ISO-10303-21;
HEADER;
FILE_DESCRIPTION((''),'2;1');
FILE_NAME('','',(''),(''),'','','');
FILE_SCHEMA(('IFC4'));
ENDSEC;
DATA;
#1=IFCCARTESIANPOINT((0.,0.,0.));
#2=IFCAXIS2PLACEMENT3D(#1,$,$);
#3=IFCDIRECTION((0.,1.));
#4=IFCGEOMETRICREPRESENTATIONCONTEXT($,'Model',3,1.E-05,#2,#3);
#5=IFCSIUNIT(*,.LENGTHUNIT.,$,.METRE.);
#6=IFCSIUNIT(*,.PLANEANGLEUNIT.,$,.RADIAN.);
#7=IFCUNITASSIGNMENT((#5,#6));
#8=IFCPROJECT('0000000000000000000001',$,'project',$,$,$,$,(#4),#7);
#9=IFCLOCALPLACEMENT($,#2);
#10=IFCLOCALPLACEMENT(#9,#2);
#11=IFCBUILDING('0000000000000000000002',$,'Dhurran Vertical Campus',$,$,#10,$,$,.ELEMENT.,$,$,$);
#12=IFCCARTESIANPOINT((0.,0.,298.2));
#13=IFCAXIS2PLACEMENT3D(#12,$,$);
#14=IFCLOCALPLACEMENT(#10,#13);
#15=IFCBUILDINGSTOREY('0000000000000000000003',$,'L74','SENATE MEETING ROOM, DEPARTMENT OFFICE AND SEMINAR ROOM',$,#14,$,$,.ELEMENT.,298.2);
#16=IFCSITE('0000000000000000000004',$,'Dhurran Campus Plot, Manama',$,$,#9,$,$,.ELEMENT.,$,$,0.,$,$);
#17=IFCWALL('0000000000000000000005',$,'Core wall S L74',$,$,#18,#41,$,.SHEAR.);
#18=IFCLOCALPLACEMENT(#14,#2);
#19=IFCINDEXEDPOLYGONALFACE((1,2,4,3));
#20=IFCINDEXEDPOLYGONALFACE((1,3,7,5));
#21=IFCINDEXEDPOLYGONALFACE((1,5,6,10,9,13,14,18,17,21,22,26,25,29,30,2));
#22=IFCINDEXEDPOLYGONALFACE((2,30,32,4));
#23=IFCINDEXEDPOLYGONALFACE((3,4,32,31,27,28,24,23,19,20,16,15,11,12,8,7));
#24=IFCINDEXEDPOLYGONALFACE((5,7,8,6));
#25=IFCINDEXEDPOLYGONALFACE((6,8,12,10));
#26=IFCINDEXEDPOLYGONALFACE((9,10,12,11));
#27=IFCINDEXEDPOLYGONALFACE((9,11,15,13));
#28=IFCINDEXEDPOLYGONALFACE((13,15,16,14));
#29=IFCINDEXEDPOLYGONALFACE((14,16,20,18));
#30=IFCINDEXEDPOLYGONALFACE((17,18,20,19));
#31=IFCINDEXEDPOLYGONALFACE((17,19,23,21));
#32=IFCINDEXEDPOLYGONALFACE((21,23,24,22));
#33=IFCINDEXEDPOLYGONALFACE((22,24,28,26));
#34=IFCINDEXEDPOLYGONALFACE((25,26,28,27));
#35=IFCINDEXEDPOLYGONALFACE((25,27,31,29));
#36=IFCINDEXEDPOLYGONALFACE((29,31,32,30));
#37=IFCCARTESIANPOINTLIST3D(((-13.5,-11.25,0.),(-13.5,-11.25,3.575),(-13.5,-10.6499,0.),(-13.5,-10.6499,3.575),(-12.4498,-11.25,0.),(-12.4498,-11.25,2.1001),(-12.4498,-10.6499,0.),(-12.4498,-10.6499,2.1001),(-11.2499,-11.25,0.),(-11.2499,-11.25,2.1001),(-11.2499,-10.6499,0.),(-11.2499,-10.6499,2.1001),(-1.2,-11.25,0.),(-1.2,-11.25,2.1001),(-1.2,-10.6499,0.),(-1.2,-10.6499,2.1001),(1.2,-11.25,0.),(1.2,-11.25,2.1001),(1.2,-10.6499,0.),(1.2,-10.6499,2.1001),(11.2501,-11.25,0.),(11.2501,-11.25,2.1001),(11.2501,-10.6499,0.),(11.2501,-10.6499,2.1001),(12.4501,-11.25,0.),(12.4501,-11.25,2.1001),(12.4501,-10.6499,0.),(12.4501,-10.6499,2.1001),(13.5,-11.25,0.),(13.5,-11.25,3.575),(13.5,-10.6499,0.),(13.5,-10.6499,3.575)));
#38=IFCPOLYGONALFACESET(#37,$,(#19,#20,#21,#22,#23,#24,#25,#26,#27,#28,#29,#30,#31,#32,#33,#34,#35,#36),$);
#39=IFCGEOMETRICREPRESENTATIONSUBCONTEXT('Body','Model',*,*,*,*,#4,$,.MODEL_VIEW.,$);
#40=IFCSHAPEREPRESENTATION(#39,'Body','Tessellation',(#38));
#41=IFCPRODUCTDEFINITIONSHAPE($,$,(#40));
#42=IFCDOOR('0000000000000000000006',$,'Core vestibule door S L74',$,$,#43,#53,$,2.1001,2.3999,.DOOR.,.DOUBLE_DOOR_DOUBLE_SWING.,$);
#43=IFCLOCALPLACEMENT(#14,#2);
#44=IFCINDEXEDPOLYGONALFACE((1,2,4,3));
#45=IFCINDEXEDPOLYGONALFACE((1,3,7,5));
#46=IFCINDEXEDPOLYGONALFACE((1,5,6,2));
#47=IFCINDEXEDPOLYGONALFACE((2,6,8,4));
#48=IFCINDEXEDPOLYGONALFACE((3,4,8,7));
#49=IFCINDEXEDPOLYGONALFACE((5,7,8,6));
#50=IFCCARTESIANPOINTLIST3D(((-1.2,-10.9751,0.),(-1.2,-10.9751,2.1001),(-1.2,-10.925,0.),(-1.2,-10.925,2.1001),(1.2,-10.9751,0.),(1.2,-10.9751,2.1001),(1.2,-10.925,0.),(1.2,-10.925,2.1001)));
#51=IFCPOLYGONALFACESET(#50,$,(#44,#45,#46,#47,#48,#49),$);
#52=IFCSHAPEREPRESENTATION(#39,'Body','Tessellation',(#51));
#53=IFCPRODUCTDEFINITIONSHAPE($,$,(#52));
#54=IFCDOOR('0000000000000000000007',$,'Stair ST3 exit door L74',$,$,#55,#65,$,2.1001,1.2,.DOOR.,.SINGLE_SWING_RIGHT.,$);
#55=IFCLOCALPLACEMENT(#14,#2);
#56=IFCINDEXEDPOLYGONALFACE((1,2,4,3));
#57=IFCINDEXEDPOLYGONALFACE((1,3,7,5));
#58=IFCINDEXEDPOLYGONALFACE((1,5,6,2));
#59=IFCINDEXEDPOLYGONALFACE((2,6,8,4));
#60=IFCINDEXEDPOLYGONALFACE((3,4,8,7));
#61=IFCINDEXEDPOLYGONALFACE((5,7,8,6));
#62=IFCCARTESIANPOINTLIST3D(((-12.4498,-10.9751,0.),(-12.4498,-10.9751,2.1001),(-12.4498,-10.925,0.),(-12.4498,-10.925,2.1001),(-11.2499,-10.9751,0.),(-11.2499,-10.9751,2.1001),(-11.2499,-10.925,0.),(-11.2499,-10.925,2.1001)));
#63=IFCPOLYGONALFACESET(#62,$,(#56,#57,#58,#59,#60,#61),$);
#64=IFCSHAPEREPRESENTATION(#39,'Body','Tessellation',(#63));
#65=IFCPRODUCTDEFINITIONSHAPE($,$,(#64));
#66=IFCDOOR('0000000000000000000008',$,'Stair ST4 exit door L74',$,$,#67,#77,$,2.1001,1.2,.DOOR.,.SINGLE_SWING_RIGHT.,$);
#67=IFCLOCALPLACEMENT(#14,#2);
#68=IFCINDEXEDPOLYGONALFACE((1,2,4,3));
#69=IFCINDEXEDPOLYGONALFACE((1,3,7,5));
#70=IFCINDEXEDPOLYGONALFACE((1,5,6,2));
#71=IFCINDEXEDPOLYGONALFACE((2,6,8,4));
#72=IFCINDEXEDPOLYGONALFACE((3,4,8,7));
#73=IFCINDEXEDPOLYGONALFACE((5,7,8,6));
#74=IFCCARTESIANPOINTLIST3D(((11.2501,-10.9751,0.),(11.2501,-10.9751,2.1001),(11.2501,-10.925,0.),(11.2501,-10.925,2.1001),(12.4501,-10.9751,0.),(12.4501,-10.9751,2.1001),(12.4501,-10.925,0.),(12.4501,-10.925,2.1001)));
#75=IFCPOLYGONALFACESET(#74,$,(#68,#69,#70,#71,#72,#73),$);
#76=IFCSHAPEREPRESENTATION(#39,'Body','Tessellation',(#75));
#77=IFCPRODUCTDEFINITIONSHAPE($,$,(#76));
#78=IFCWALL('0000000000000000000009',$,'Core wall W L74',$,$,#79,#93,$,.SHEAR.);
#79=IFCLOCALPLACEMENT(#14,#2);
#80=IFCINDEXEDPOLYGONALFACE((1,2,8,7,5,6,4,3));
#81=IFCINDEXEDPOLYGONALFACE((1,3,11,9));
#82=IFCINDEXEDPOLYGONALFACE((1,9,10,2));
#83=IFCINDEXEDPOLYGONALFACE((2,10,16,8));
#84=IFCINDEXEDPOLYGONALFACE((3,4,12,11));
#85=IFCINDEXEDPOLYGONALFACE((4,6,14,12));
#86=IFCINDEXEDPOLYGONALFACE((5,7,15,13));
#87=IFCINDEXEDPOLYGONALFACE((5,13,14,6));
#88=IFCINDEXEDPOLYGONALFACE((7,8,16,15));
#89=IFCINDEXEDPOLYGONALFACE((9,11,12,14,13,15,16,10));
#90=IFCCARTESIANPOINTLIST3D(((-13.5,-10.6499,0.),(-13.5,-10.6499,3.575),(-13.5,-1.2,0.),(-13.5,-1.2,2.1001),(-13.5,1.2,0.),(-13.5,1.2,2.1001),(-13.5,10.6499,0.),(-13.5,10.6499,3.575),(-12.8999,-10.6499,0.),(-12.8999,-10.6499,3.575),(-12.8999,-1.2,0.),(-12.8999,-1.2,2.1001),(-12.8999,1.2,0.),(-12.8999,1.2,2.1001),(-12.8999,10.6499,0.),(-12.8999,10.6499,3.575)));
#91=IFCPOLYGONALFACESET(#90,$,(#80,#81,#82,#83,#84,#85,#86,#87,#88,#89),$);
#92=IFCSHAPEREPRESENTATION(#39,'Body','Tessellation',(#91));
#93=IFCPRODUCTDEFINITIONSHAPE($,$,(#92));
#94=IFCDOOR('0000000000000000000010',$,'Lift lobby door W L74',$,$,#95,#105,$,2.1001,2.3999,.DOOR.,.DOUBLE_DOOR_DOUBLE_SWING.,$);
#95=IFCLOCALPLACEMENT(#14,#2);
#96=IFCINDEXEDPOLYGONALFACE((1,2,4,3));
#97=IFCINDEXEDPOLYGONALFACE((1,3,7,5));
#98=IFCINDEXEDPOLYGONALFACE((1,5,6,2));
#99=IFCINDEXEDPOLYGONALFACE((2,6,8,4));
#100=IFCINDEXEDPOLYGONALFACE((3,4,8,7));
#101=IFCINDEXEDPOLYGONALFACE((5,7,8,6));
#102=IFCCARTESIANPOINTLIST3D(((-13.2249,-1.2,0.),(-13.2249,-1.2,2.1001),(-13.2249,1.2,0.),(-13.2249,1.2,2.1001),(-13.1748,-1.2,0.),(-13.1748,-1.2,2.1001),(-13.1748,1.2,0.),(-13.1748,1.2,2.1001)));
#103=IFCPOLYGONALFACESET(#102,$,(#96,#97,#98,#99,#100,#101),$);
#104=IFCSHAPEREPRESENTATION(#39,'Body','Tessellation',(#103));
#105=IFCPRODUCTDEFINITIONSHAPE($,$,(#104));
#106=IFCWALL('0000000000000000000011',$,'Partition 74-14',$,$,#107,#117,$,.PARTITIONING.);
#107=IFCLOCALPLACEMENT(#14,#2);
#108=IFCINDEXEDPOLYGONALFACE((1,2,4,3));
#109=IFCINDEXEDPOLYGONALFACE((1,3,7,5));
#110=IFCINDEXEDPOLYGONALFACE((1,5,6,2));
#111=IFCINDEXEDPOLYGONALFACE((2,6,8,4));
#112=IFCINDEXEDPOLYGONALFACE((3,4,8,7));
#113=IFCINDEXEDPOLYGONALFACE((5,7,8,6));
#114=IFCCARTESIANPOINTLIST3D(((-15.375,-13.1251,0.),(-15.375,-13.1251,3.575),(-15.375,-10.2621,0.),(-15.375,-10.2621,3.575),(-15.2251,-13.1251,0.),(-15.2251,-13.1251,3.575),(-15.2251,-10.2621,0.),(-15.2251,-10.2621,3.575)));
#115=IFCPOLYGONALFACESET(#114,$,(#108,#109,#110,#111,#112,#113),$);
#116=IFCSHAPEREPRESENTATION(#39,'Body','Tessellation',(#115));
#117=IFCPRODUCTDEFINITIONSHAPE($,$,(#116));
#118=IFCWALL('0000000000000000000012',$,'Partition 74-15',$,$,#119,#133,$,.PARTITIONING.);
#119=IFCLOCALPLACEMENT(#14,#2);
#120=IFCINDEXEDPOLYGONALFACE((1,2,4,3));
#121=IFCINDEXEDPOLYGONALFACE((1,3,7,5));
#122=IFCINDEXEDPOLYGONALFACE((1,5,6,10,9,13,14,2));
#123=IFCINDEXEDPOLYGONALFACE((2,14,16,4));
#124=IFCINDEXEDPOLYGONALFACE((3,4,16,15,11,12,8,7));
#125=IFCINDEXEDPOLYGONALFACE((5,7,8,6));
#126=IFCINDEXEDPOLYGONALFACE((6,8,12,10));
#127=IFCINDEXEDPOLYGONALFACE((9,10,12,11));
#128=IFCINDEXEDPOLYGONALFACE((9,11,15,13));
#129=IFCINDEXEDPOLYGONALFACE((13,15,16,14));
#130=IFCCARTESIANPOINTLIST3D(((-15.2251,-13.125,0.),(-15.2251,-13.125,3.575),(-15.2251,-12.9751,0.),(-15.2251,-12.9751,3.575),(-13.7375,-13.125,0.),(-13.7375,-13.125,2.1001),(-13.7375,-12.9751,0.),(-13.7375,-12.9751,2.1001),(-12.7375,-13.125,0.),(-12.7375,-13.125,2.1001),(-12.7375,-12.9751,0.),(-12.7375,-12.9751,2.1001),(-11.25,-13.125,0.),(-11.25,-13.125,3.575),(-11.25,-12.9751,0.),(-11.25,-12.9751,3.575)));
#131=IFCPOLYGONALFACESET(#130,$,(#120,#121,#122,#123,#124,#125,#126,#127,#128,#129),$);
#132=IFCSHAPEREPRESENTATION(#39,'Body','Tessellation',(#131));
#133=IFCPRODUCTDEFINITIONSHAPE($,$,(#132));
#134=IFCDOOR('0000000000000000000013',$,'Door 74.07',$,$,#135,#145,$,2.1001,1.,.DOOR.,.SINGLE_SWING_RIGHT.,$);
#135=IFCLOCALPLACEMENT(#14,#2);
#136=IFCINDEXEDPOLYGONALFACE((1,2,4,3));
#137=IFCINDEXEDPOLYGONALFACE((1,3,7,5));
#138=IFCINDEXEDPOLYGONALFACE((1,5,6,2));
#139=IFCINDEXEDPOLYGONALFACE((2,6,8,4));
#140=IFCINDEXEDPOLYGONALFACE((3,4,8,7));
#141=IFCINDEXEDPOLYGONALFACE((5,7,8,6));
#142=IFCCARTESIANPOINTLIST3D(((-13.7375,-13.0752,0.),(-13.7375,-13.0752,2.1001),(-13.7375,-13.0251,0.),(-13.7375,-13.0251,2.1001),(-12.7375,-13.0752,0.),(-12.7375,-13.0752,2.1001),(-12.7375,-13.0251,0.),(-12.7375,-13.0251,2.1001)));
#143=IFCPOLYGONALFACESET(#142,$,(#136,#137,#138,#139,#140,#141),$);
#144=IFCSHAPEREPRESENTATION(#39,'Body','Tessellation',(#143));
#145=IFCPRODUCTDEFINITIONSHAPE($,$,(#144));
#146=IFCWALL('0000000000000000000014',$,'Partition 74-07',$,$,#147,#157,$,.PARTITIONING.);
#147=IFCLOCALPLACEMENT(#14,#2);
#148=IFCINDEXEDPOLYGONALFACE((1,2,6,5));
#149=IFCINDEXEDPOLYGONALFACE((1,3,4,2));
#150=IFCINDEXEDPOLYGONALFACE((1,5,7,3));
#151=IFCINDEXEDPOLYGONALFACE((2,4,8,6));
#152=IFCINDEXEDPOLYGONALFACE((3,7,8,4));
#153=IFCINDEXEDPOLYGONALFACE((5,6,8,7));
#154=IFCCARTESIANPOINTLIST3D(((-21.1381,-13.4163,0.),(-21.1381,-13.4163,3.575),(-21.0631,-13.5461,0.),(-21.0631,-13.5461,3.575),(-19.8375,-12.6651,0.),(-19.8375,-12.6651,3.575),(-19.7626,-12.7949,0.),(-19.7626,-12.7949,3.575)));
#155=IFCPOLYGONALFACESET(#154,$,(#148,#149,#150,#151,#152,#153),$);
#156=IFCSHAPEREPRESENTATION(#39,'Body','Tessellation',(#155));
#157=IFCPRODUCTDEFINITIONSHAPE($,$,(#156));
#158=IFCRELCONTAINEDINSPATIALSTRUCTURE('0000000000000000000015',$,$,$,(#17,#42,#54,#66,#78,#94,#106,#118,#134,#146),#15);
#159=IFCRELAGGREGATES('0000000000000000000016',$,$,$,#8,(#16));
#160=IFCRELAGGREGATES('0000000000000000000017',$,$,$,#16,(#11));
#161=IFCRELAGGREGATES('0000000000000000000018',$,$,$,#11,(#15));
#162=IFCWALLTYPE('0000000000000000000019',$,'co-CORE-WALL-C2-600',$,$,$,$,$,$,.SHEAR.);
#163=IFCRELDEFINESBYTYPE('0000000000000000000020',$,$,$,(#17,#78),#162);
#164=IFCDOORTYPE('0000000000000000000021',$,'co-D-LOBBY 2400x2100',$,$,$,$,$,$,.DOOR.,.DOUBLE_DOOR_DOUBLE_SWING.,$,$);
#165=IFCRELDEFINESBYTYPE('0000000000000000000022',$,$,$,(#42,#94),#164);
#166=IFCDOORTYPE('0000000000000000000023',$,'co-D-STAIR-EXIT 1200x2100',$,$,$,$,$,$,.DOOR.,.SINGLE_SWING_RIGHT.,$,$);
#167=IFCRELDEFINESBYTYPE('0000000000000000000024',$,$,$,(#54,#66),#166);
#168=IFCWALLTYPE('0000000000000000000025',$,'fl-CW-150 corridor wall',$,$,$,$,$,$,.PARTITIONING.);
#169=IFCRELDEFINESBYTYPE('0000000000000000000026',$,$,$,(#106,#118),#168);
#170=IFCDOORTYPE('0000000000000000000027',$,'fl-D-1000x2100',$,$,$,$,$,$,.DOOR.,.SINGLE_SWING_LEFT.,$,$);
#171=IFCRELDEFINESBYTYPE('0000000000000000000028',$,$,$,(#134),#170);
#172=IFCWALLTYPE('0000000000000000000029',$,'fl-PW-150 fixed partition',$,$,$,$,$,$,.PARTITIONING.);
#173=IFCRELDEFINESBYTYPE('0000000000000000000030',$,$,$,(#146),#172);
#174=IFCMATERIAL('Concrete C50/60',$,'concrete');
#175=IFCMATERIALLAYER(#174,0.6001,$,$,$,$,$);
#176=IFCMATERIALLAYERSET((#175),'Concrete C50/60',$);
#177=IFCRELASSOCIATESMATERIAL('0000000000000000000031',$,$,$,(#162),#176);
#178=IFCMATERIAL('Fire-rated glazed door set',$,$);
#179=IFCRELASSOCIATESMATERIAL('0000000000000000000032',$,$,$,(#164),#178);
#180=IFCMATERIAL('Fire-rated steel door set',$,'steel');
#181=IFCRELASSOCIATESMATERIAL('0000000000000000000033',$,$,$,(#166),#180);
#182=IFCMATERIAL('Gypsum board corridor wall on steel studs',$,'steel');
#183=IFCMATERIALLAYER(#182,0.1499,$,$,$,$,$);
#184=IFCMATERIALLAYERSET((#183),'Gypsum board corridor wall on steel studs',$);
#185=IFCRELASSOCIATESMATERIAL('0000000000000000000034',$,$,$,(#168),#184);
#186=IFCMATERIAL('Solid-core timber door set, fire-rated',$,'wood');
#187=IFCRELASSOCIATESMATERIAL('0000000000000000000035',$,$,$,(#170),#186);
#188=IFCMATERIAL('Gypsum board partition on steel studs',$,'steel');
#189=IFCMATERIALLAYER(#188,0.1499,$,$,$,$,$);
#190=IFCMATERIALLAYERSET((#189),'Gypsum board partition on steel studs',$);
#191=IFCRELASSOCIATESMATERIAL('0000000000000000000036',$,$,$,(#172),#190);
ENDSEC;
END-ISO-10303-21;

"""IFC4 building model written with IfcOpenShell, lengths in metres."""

from ifc_helpers import new_model, si_unit, direction, frame, frame_2d, origin, place, context, subcontext, project, spatial, rectangle, extrude, material, layer, layer_set, type_object, element, fill, save


model = new_model("IFC4")

# Units and contexts
model_context = context("Model", 3, precision=1e-05, world=origin(), true_north=direction((0.0, 1.0)))
body_context = subcontext(model_context, "Body", "Model", "MODEL_VIEW")
ifc_project = project(units=[si_unit("LENGTHUNIT", "METRE"), si_unit("PLANEANGLEUNIT", "RADIAN")], contexts=[model_context])

# Site, building, storey
site_placement = place(None, origin())
site = spatial("IfcSite", under=ifc_project, at=site_placement, Name="Dhurran Campus Plot, Manama", CompositionType="ELEMENT", RefElevation=0.0)
building_placement = place(site_placement, origin())
building = spatial("IfcBuilding", under=site, at=building_placement, Name="Dhurran Vertical Campus", CompositionType="ELEMENT")
storey_placement = place(building_placement, frame((0.0, 0.0, 298.2)))
storey = spatial("IfcBuildingStorey", under=building, at=storey_placement, Name="L74", Description="SENATE MEETING ROOM, DEPARTMENT OFFICE AND SEMINAR ROOM", CompositionType="ELEMENT", Elevation=298.2)

# Wall, openings, doors
ifc_material_1 = material(Name="Concrete C50/60", Category="concrete")
ifc_layer_1 = layer(ifc_material_1, 0.6001)
ifc_layer_set_1 = layer_set([ifc_layer_1], Name="Concrete C50/60")
wall_type_1 = type_object("IfcWallType", Name="co-CORE-WALL-C2-600", PredefinedType="SHEAR", material=ifc_layer_set_1)
wall_1_placement = place(storey_placement, frame((-13.5, -10.95, 0.0), z_axis=(0.0, 0.0, 1.0), x_axis=(1.0, 0.0, 0.0)))
wall_1 = element("IfcWall", 1, at=wall_1_placement, inside=storey, type_object=wall_type_1, Name="Core wall S L74", PredefinedType="SHEAR", context=body_context, shape_type="SweptSolid", body=[
    extrude(rectangle(XDim=27.0, YDim=0.6001, at=frame_2d((13.5, 0.0))), origin(), (0.0, 0.0, 1.0), 3.575),
])
opening_1_placement = place(wall_1_placement, frame((12.3, 0.0, 0.0)))
opening_1 = element("IfcOpeningElement", 2, at=opening_1_placement, cuts=wall_1, PredefinedType="OPENING", context=body_context, shape_type="SweptSolid", body=[
    extrude(rectangle(XDim=2.3999, YDim=2.1001, at=frame_2d((1.2, 1.05))), frame((0.0, 0.3101, 0.0), z_axis=(0.0, -1.0, 0.0), x_axis=(1.0, 0.0, 0.0)), (0.0, 0.0, 1.0), 0.6201),
])
opening_2_placement = place(wall_1_placement, frame((1.05, 0.0, 0.0)))
opening_2 = element("IfcOpeningElement", 3, at=opening_2_placement, cuts=wall_1, PredefinedType="OPENING", context=body_context, shape_type="SweptSolid", body=[
    extrude(rectangle(XDim=1.2, YDim=2.1001, at=frame_2d((0.6001, 1.05))), frame((0.0, 0.3101, 0.0), z_axis=(0.0, -1.0, 0.0), x_axis=(1.0, 0.0, 0.0)), (0.0, 0.0, 1.0), 0.6201),
])
opening_3_placement = place(wall_1_placement, frame((24.75, 0.0, 0.0)))
opening_3 = element("IfcOpeningElement", 4, at=opening_3_placement, cuts=wall_1, PredefinedType="OPENING", context=body_context, shape_type="SweptSolid", body=[
    extrude(rectangle(XDim=1.2, YDim=2.1001, at=frame_2d((0.6001, 1.05))), frame((0.0, 0.3101, 0.0), z_axis=(0.0, -1.0, 0.0), x_axis=(1.0, 0.0, 0.0)), (0.0, 0.0, 1.0), 0.6201),
])
ifc_material_2 = material(Name="Fire-rated glazed door set")
door_type_1 = type_object("IfcDoorType", Name="co-D-LOBBY 2400x2100", OperationType="DOUBLE_DOOR_DOUBLE_SWING", PredefinedType="DOOR", material=ifc_material_2)
door_1_placement = place(opening_1_placement, origin())
door_1 = element("IfcDoor", 5, at=door_1_placement, inside=storey, type_object=door_type_1, Name="Core vestibule door S L74", OperationType="DOUBLE_DOOR_DOUBLE_SWING", OverallHeight=2.1001, OverallWidth=2.3999, PredefinedType="DOOR", context=body_context, shape_type="SweptSolid", body=[
    extrude(rectangle(XDim=2.3999, YDim=2.1001, at=frame_2d((1.2, 1.05))), frame((0.0, 0.0249, 0.0), z_axis=(0.0, -1.0, 0.0), x_axis=(1.0, 0.0, 0.0)), (0.0, 0.0, 1.0), 0.05),
])
fill(opening_1, door_1)
ifc_material_3 = material(Name="Fire-rated steel door set", Category="steel")
door_type_2 = type_object("IfcDoorType", Name="co-D-STAIR-EXIT 1200x2100", OperationType="SINGLE_SWING_RIGHT", PredefinedType="DOOR", material=ifc_material_3)
door_2_placement = place(opening_2_placement, origin())
door_2 = element("IfcDoor", 6, at=door_2_placement, inside=storey, type_object=door_type_2, Name="Stair ST3 exit door L74", OperationType="SINGLE_SWING_RIGHT", OverallHeight=2.1001, OverallWidth=1.2, PredefinedType="DOOR", context=body_context, shape_type="SweptSolid", body=[
    extrude(rectangle(XDim=1.2, YDim=2.1001, at=frame_2d((0.6001, 1.05))), frame((0.0, 0.0249, 0.0), z_axis=(0.0, -1.0, 0.0), x_axis=(1.0, 0.0, 0.0)), (0.0, 0.0, 1.0), 0.05),
])
fill(opening_2, door_2)
door_3_placement = place(opening_3_placement, origin())
door_3 = element("IfcDoor", 7, at=door_3_placement, inside=storey, type_object=door_type_2, Name="Stair ST4 exit door L74", OperationType="SINGLE_SWING_RIGHT", OverallHeight=2.1001, OverallWidth=1.2, PredefinedType="DOOR", context=body_context, shape_type="SweptSolid", body=[
    extrude(rectangle(XDim=1.2, YDim=2.1001, at=frame_2d((0.6001, 1.05))), frame((0.0, 0.0249, 0.0), z_axis=(0.0, -1.0, 0.0), x_axis=(1.0, 0.0, 0.0)), (0.0, 0.0, 1.0), 0.05),
])
fill(opening_3, door_3)

# Wall, opening, door
wall_2_placement = place(storey_placement, frame((-13.2, -10.6499, 0.0), z_axis=(0.0, 0.0, 1.0), x_axis=(0.0, 1.0, 0.0)))
wall_2 = element("IfcWall", 8, at=wall_2_placement, inside=storey, type_object=wall_type_1, Name="Core wall W L74", PredefinedType="SHEAR", context=body_context, shape_type="SweptSolid", body=[
    extrude(rectangle(XDim=21.2998, YDim=0.6001, at=frame_2d((10.6499, 0.0))), origin(), (0.0, 0.0, 1.0), 3.575),
])
opening_4_placement = place(wall_2_placement, frame((9.45, 0.0, 0.0)))
opening_4 = element("IfcOpeningElement", 9, at=opening_4_placement, cuts=wall_2, PredefinedType="OPENING", context=body_context, shape_type="SweptSolid", body=[
    extrude(rectangle(XDim=2.3999, YDim=2.1001, at=frame_2d((1.2, 1.05))), frame((0.0, 0.3101, 0.0), z_axis=(0.0, -1.0, 0.0), x_axis=(1.0, 0.0, 0.0)), (0.0, 0.0, 1.0), 0.6201),
])
door_4_placement = place(opening_4_placement, origin())
door_4 = element("IfcDoor", 10, at=door_4_placement, inside=storey, type_object=door_type_1, Name="Lift lobby door W L74", OperationType="DOUBLE_DOOR_DOUBLE_SWING", OverallHeight=2.1001, OverallWidth=2.3999, PredefinedType="DOOR", context=body_context, shape_type="SweptSolid", body=[
    extrude(rectangle(XDim=2.3999, YDim=2.1001, at=frame_2d((1.2, 1.05))), frame((0.0, 0.0249, 0.0), z_axis=(0.0, -1.0, 0.0), x_axis=(1.0, 0.0, 0.0)), (0.0, 0.0, 1.0), 0.05),
])
fill(opening_4, door_4)

# Wall
ifc_material_4 = material(Name="Gypsum board corridor wall on steel studs", Category="steel")
ifc_layer_2 = layer(ifc_material_4, 0.1499)
ifc_layer_set_2 = layer_set([ifc_layer_2], Name="Gypsum board corridor wall on steel studs")
wall_type_2 = type_object("IfcWallType", Name="fl-CW-150 corridor wall", PredefinedType="PARTITIONING", material=ifc_layer_set_2)
wall_3_placement = place(storey_placement, frame((-15.3, -10.262, 0.0), z_axis=(0.0, 0.0, 1.0), x_axis=(0.0, -1.0, 0.0)))
element("IfcWall", 11, at=wall_3_placement, inside=storey, type_object=wall_type_2, Name="Partition 74-14", PredefinedType="PARTITIONING", context=body_context, shape_type="SweptSolid", body=[
    extrude(rectangle(XDim=2.863, YDim=0.1499, at=frame_2d((1.4316, 0.0))), origin(), (0.0, 0.0, 1.0), 3.575),
])

# Wall, opening, door
wall_4_placement = place(storey_placement, frame((-15.2251, -13.05, 0.0), z_axis=(0.0, 0.0, 1.0), x_axis=(1.0, 0.0, 0.0)))
wall_4 = element("IfcWall", 12, at=wall_4_placement, inside=storey, type_object=wall_type_2, Name="Partition 74-15", PredefinedType="PARTITIONING", context=body_context, shape_type="SweptSolid", body=[
    extrude(rectangle(XDim=3.9751, YDim=0.1499, at=frame_2d((1.9875, 0.0))), origin(), (0.0, 0.0, 1.0), 3.575),
])
opening_5_placement = place(wall_4_placement, frame((1.4875, 0.0, 0.0)))
opening_5 = element("IfcOpeningElement", 13, at=opening_5_placement, cuts=wall_4, PredefinedType="OPENING", context=body_context, shape_type="SweptSolid", body=[
    extrude(rectangle(XDim=1.0, YDim=2.1001, at=frame_2d((0.5, 1.05))), frame((0.0, 0.085, 0.0), z_axis=(0.0, -1.0, 0.0), x_axis=(1.0, 0.0, 0.0)), (0.0, 0.0, 1.0), 0.1699),
])
ifc_material_5 = material(Name="Solid-core timber door set, fire-rated", Category="wood")
door_type_3 = type_object("IfcDoorType", Name="fl-D-1000x2100", OperationType="SINGLE_SWING_LEFT", PredefinedType="DOOR", material=ifc_material_5)
door_5_placement = place(opening_5_placement, origin())
door_5 = element("IfcDoor", 14, at=door_5_placement, inside=storey, type_object=door_type_3, Name="Door 74.07", OperationType="SINGLE_SWING_RIGHT", OverallHeight=2.1001, OverallWidth=1.0, PredefinedType="DOOR", context=body_context, shape_type="SweptSolid", body=[
    extrude(rectangle(XDim=1.0, YDim=2.1001, at=frame_2d((0.5, 1.05))), frame((0.0, 0.0249, 0.0), z_axis=(0.0, -1.0, 0.0), x_axis=(1.0, 0.0, 0.0)), (0.0, 0.0, 1.0), 0.05),
])
fill(opening_5, door_5)

# Wall
ifc_material_6 = material(Name="Gypsum board partition on steel studs", Category="steel")
ifc_layer_3 = layer(ifc_material_6, 0.1499)
ifc_layer_set_3 = layer_set([ifc_layer_3], Name="Gypsum board partition on steel studs")
wall_type_3 = type_object("IfcWallType", Name="fl-PW-150 fixed partition", PredefinedType="PARTITIONING", material=ifc_layer_set_3)
wall_5_placement = place(storey_placement, frame((-19.8, -12.73, 0.0), z_axis=(0.0, 0.0, 1.0), x_axis=(-0.865923, -0.500177, 0.0)))
element("IfcWall", 15, at=wall_5_placement, inside=storey, type_object=wall_type_3, Name="Partition 74-07", PredefinedType="PARTITIONING", context=body_context, shape_type="SweptSolid", body=[
    extrude(rectangle(XDim=1.502, YDim=0.1499, at=frame_2d((0.751, 0.0))), origin(), (0.0, 0.0, 1.0), 3.575),
])

save(model, "model.ifc")
